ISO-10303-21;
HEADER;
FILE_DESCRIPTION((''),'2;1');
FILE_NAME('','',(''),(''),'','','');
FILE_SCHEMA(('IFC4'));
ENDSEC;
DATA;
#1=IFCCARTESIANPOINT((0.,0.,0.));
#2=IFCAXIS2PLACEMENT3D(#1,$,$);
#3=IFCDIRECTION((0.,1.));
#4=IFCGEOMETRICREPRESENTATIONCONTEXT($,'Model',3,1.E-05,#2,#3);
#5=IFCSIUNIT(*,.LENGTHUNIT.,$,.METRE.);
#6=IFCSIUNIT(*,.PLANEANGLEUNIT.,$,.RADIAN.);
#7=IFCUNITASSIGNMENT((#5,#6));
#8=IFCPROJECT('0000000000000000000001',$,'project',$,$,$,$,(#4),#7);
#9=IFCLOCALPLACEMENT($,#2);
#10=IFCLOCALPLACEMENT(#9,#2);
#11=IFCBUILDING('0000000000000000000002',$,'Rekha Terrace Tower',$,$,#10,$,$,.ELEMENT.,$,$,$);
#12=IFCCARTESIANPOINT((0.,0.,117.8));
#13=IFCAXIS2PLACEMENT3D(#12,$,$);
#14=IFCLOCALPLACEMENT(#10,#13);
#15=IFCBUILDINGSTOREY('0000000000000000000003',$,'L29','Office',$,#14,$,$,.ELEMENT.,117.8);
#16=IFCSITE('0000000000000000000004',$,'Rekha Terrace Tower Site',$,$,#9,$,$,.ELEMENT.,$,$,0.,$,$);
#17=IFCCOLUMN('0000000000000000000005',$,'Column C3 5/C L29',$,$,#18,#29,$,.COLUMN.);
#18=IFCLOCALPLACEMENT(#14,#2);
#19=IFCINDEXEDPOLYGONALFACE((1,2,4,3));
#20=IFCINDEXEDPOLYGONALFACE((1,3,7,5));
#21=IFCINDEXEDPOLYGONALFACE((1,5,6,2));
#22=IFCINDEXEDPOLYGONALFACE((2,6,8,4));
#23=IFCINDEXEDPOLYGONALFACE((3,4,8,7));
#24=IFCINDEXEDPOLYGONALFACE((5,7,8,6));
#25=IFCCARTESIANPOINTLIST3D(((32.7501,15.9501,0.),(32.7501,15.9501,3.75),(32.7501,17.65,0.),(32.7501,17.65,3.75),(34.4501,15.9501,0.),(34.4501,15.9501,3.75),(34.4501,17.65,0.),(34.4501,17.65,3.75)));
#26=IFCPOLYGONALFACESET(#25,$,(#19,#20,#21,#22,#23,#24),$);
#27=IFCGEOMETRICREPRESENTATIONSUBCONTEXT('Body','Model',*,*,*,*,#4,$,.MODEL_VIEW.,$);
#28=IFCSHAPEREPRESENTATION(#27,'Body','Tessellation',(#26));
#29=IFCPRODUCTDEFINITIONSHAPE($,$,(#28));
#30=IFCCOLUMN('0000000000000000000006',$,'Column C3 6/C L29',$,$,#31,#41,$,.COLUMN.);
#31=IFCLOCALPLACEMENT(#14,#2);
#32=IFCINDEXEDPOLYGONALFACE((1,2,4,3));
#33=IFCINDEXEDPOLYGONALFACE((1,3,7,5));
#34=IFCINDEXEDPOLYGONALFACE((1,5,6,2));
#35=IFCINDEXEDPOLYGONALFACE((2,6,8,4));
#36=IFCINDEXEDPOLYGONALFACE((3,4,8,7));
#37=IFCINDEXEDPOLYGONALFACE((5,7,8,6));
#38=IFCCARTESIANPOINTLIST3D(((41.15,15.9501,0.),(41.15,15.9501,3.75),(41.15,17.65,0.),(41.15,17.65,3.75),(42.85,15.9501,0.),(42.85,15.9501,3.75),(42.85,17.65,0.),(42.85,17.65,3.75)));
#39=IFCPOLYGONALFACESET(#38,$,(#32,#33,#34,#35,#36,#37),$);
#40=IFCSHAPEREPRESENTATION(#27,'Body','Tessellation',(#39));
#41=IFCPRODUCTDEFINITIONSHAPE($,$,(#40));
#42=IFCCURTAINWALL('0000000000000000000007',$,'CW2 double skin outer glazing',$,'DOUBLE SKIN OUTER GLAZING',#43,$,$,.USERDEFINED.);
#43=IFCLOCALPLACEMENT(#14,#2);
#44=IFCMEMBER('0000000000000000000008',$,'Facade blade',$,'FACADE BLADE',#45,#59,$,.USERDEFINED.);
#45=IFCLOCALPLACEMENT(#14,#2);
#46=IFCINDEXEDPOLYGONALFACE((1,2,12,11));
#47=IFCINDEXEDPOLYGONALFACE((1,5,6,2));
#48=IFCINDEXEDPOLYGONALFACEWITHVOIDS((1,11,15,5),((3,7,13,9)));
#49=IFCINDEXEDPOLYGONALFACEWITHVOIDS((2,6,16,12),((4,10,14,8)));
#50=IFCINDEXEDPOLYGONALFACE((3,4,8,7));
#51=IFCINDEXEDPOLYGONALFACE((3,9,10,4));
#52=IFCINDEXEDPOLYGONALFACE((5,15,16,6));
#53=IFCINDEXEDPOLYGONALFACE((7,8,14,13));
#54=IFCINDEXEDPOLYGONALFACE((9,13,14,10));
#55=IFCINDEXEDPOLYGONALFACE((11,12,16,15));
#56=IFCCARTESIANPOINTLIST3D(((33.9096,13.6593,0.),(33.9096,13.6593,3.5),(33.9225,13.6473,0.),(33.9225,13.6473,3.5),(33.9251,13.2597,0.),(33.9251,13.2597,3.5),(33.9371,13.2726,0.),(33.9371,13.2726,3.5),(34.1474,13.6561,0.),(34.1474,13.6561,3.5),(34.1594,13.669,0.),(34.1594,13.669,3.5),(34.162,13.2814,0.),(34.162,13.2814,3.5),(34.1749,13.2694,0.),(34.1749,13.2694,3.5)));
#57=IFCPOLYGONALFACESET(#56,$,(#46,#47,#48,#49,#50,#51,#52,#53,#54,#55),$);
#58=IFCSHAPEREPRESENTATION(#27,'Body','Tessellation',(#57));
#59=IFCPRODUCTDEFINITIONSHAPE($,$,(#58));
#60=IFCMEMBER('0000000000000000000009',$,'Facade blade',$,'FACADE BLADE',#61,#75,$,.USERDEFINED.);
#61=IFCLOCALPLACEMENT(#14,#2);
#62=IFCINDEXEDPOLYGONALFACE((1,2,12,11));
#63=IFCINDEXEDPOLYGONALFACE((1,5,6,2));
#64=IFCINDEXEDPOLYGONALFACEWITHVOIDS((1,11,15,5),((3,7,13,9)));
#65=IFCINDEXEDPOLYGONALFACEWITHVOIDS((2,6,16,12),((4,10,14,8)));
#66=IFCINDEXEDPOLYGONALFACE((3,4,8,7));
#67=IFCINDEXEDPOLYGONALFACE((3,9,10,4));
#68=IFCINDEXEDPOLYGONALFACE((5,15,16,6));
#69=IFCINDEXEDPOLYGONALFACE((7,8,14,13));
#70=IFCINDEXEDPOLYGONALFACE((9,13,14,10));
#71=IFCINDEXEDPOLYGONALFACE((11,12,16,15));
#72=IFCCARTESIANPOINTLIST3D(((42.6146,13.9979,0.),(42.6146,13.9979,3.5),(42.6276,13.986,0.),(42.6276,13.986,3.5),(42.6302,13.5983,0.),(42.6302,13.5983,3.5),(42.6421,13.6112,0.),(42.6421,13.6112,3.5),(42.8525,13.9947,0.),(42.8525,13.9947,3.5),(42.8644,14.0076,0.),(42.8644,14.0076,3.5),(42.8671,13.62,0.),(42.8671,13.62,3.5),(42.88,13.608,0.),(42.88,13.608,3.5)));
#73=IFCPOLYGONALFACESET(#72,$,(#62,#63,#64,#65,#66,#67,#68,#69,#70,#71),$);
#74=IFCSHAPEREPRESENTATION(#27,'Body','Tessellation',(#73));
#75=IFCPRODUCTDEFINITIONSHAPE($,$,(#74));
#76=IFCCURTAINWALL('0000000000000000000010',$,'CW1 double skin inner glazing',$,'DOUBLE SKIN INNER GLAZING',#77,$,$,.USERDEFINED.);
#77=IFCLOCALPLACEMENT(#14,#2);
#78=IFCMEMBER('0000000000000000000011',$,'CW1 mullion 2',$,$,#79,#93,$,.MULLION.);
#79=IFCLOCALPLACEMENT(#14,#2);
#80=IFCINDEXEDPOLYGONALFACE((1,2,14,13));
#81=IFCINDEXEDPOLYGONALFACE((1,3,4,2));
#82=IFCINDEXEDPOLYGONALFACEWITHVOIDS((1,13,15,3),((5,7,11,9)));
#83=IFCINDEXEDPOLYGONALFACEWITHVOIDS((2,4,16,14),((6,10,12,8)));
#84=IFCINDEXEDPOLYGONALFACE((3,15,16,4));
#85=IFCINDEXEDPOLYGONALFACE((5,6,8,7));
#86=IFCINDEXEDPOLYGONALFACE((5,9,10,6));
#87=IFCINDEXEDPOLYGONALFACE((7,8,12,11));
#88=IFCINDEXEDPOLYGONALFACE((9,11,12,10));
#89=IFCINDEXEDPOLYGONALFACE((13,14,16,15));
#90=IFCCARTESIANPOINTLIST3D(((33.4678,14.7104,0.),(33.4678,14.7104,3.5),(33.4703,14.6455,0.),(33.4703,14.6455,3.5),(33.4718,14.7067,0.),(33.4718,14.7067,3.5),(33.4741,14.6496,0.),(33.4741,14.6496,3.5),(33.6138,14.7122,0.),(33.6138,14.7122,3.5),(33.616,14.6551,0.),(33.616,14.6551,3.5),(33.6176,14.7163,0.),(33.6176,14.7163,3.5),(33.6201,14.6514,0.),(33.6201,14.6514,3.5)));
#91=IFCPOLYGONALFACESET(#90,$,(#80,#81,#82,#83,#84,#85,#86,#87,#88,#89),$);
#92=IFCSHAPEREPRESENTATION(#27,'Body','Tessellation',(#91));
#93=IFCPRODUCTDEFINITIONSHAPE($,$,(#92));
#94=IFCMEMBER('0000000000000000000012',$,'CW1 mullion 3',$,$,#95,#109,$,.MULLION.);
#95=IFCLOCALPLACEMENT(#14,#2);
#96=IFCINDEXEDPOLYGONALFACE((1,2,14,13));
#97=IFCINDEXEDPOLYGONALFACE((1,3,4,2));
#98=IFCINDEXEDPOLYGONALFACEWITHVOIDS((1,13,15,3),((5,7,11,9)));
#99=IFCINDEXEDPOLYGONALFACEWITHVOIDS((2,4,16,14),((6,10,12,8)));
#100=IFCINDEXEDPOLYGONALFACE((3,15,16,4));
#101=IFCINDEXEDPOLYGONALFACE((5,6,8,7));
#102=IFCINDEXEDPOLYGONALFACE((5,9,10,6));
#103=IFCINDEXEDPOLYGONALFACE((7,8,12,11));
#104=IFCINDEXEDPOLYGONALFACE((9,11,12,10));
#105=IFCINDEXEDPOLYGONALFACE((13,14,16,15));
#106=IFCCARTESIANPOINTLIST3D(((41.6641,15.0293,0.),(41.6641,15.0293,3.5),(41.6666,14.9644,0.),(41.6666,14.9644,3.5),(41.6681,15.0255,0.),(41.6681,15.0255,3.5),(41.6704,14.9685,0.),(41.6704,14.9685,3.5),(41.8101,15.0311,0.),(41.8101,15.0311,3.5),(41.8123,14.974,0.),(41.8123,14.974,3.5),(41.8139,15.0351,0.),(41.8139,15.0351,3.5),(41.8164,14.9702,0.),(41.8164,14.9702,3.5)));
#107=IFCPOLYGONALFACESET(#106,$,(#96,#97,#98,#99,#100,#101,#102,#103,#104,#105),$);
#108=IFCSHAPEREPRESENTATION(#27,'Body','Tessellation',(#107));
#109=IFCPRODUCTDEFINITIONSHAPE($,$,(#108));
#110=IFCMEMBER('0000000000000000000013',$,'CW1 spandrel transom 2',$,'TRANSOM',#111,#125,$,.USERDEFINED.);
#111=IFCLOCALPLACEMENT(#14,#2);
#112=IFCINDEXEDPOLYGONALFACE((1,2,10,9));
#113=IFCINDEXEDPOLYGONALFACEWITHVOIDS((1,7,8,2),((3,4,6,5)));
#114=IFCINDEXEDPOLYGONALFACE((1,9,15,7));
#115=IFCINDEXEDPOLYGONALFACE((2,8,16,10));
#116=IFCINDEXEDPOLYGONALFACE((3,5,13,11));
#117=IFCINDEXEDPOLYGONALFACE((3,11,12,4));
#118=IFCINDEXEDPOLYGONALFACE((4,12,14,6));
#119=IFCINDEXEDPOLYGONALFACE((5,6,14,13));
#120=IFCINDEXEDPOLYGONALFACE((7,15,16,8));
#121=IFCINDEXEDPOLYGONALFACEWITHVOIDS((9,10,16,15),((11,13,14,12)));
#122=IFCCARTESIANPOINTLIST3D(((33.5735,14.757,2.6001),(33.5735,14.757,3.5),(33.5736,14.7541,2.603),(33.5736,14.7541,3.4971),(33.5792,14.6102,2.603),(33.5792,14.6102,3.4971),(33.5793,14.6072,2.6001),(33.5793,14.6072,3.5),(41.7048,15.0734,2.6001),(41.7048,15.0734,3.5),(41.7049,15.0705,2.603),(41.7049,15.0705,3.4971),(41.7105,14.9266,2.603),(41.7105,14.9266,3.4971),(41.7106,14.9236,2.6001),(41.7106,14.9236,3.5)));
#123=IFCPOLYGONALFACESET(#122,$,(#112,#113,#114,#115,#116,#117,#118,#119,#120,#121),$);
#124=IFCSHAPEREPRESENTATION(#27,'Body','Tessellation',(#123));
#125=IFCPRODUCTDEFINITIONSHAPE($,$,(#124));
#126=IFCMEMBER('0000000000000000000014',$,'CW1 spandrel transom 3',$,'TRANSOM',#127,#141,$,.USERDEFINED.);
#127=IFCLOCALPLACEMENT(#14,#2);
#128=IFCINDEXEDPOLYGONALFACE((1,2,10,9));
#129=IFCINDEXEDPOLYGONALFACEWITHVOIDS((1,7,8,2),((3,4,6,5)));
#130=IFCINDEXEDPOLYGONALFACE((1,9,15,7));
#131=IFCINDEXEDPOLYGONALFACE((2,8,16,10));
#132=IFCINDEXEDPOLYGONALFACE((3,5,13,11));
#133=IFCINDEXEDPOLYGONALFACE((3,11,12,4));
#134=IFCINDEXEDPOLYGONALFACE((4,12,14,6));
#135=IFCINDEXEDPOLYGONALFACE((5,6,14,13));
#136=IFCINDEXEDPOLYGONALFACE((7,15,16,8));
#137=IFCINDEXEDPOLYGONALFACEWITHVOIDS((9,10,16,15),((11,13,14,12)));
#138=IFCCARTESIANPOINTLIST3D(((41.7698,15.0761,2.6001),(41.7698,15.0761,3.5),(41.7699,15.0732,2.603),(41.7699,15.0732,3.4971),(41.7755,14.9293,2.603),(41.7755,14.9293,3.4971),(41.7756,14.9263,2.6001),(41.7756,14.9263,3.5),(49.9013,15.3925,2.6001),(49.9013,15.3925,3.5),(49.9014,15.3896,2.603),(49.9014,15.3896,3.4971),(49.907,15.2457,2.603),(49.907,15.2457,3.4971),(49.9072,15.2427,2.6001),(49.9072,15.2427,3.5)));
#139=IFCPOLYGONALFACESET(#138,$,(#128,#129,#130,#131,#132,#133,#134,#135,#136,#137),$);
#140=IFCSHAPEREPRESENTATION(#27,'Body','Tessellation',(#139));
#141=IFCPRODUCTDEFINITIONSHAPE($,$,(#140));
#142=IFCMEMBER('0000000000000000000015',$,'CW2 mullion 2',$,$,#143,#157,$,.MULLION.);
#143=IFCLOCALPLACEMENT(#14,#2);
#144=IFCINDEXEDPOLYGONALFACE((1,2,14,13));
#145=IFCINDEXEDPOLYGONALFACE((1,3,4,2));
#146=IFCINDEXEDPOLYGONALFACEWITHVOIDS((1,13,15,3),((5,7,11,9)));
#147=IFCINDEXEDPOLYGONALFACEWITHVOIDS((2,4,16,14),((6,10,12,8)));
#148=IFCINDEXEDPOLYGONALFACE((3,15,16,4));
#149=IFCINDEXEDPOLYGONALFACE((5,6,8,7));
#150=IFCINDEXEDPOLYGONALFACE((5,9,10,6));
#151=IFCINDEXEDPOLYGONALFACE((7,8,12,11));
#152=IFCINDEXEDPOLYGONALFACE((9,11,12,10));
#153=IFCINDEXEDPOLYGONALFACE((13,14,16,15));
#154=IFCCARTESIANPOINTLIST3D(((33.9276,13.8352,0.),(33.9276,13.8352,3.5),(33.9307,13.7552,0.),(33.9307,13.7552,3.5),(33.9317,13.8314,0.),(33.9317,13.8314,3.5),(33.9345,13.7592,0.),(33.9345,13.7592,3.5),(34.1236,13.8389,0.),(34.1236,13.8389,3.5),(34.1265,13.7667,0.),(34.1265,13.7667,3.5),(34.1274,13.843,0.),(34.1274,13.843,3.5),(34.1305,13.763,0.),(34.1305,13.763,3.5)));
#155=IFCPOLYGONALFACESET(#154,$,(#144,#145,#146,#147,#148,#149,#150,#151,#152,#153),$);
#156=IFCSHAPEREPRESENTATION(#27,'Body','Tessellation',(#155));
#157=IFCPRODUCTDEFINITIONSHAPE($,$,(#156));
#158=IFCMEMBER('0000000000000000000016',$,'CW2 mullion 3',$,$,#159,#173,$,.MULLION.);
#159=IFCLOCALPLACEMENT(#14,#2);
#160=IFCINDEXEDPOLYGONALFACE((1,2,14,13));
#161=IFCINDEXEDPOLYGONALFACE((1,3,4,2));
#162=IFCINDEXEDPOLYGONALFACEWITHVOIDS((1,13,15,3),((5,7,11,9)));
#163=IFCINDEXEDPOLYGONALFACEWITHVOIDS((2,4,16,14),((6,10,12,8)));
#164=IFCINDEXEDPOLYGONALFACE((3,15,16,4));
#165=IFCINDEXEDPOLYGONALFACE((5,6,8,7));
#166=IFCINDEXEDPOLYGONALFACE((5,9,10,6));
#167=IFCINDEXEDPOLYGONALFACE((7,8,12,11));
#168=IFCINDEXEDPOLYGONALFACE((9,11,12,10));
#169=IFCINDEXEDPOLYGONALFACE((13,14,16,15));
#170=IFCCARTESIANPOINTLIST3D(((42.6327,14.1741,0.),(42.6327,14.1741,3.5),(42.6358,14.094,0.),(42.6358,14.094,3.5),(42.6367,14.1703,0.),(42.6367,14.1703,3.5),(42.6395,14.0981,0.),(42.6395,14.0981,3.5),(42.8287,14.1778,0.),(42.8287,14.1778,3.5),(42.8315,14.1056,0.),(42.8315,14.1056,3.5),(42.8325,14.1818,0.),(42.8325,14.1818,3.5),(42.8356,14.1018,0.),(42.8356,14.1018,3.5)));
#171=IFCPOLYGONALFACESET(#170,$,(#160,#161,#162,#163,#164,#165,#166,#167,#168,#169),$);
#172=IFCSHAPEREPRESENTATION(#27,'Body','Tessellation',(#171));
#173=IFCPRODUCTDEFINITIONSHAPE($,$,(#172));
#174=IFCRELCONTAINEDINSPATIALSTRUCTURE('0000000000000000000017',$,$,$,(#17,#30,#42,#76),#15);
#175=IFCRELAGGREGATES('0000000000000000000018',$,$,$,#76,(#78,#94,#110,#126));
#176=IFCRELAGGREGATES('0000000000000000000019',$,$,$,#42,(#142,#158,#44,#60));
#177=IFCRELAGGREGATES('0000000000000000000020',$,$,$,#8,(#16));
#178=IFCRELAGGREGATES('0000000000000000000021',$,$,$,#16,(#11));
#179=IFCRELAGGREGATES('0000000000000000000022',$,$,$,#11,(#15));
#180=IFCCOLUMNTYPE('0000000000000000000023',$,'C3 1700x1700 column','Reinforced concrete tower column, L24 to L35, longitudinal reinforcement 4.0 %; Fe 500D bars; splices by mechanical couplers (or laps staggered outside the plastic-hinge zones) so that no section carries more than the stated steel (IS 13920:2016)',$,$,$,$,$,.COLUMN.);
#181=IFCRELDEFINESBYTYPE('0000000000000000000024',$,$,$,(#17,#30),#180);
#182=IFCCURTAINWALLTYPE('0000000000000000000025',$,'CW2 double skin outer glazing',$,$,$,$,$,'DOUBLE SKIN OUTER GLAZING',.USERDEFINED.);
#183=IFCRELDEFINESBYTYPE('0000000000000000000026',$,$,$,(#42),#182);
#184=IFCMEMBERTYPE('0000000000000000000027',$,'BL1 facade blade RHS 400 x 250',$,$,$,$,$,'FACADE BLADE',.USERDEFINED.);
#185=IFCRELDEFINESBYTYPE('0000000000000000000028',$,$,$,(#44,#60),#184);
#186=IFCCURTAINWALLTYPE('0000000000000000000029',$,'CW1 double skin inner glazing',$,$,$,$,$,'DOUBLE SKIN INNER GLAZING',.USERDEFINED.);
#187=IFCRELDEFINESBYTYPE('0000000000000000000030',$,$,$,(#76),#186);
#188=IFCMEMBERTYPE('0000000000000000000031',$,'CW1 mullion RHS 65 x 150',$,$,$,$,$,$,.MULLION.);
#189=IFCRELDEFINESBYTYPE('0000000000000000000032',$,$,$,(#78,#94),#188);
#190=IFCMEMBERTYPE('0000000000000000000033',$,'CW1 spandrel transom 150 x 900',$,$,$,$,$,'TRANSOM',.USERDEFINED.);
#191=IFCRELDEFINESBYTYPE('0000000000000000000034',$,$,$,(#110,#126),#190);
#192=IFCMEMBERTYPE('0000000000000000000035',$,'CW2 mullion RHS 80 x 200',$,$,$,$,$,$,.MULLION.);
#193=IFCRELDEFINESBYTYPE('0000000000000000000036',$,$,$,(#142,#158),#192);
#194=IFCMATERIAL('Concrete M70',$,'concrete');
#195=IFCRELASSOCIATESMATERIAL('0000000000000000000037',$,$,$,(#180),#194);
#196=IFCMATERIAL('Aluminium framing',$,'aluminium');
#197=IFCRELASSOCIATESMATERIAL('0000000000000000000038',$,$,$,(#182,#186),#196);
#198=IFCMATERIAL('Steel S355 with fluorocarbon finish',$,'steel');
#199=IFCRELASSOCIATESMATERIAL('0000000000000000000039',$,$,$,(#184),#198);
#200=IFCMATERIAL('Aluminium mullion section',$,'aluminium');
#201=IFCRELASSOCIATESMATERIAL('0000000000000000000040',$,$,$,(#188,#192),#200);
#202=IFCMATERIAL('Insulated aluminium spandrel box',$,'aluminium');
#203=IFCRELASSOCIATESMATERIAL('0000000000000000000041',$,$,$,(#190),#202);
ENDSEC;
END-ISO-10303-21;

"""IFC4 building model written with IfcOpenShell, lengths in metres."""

from ifc_helpers import new_model, si_unit, direction, frame, origin, origin_2d, place, context, subcontext, project, spatial, rectangle, hollow_rectangle, extrude, material, material_profile, profile_set, type_object, element, aggregate, save


model = new_model("IFC4")

# Units and contexts
model_context = context("Model", 3, precision=1e-05, world=origin(), true_north=direction((0.0, 1.0)))
body_context = subcontext(model_context, "Body", "Model", "MODEL_VIEW")
ifc_project = project(units=[si_unit("LENGTHUNIT", "METRE"), si_unit("PLANEANGLEUNIT", "RADIAN")], contexts=[model_context])

# Site, building, storey
site_placement = place(None, origin())
site = spatial("IfcSite", under=ifc_project, at=site_placement, Name="Rekha Terrace Tower Site", CompositionType="ELEMENT", RefElevation=0.0)
building_placement = place(site_placement, origin())
building = spatial("IfcBuilding", under=site, at=building_placement, Name="Rekha Terrace Tower", CompositionType="ELEMENT")
storey_placement = place(building_placement, frame((0.0, 0.0, 117.8)))
storey = spatial("IfcBuildingStorey", under=building, at=storey_placement, Name="L29", Description="Office", CompositionType="ELEMENT", Elevation=117.8)

# Columns
ifc_material_1 = material(Name="Concrete M70", Category="concrete")
ifc_material_profile_1 = material_profile(ifc_material_1, rectangle(XDim=1.7, YDim=1.7, at=origin_2d()), Name="RC 1700x1700")
ifc_profile_set_1 = profile_set([ifc_material_profile_1], Name="Concrete M70")
column_type = type_object("IfcColumnType", Name="C3 1700x1700 column", Description="Reinforced concrete tower column, L24 to L35, longitudinal reinforcement 4.0 %; Fe 500D bars; splices by mechanical couplers (or laps staggered outside the plastic-hinge zones) so that no section carries more than the stated steel (IS 13920:2016)", PredefinedType="COLUMN", material=ifc_profile_set_1)
for number, where, z_axis, x_axis, name in (
    (1, (33.6001, 16.8, 0.0), (0.0, 0.0, 1.0), (1.0, 0.0, 0.0), "Column C3 5/C L29"),
    (2, (42.0, 16.8, 0.0), (0.0, 0.0, 1.0), (1.0, 0.0, 0.0), "Column C3 6/C L29"),
):
    element("IfcColumn", number, at=place(storey_placement, frame(where, z_axis=z_axis, x_axis=x_axis)), inside=storey, type_object=column_type, Name=name, PredefinedType="COLUMN", context=body_context, shape_type="SweptSolid", body=[
        extrude(rectangle(XDim=1.7, YDim=1.7, at=origin_2d()), origin(), (0.0, 0.0, 1.0), 3.75),
    ])

# Curtain walls, members
ifc_material_2 = material(Name="Aluminium framing", Category="aluminium")
curtain_wall_type_1 = type_object("IfcCurtainWallType", Name="CW2 double skin outer glazing", ElementType="DOUBLE SKIN OUTER GLAZING", PredefinedType="USERDEFINED", material=ifc_material_2)
curtain_wall_1_placement = place(storey_placement, origin())
curtain_wall_1 = element("IfcCurtainWall", 3, at=curtain_wall_1_placement, inside=storey, type_object=curtain_wall_type_1, Name="CW2 double skin outer glazing", ObjectType="DOUBLE SKIN OUTER GLAZING", PredefinedType="USERDEFINED")
ifc_material_3 = material(Name="Steel S355 with fluorocarbon finish", Category="steel")
ifc_material_profile_2 = material_profile(ifc_material_3, hollow_rectangle(XDim=0.25, YDim=0.3999, WallThickness=0.0125, at=origin_2d()), Name="RHS400x250x12.5")
ifc_profile_set_2 = profile_set([ifc_material_profile_2], Name="Steel S355 with fluorocarbon finish")
member_type_1 = type_object("IfcMemberType", Name="BL1 facade blade RHS 400 x 250", ElementType="FACADE BLADE", PredefinedType="USERDEFINED", material=ifc_profile_set_2)
member_1_placement = place(storey_placement, frame((34.0422, 13.4644, 0.0), z_axis=(0.0, 0.0, 1.0), x_axis=(0.999243, 0.03889, 0.0)))
member_1 = element("IfcMember", 4, at=member_1_placement, type_object=member_type_1, Name="Facade blade", ObjectType="FACADE BLADE", PredefinedType="USERDEFINED", context=body_context, shape_type="SweptSolid", body=[
    extrude(hollow_rectangle(XDim=0.25, YDim=0.3999, WallThickness=0.0125, at=origin_2d()), origin(), (0.0, 0.0, 1.0), 3.5),
])
member_2_placement = place(storey_placement, frame((42.7473, 13.803, 0.0), z_axis=(0.0, 0.0, 1.0), x_axis=(0.999243, 0.03889, 0.0)))
member_2 = element("IfcMember", 5, at=member_2_placement, type_object=member_type_1, Name="Facade blade", ObjectType="FACADE BLADE", PredefinedType="USERDEFINED", context=body_context, shape_type="SweptSolid", body=[
    extrude(hollow_rectangle(XDim=0.25, YDim=0.3999, WallThickness=0.0125, at=origin_2d()), origin(), (0.0, 0.0, 1.0), 3.5),
])
curtain_wall_type_2 = type_object("IfcCurtainWallType", Name="CW1 double skin inner glazing", ElementType="DOUBLE SKIN INNER GLAZING", PredefinedType="USERDEFINED", material=ifc_material_2)
curtain_wall_2_placement = place(storey_placement, origin())
curtain_wall_2 = element("IfcCurtainWall", 6, at=curtain_wall_2_placement, inside=storey, type_object=curtain_wall_type_2, Name="CW1 double skin inner glazing", ObjectType="DOUBLE SKIN INNER GLAZING", PredefinedType="USERDEFINED")
ifc_material_4 = material(Name="Aluminium mullion section", Category="aluminium")
ifc_material_profile_3 = material_profile(ifc_material_4, hollow_rectangle(XDim=0.0649, YDim=0.1499, WallThickness=0.0039, at=origin_2d()), Name="AL RHS 65x150")
ifc_profile_set_3 = profile_set([ifc_material_profile_3], Name="Aluminium mullion section")
member_type_2 = type_object("IfcMemberType", Name="CW1 mullion RHS 65 x 150", PredefinedType="MULLION", material=ifc_profile_set_3)
member_3_placement = place(storey_placement, frame((33.5439, 14.6809, 0.0), z_axis=(0.0, 0.0, 1.0), x_axis=(-0.03889, 0.999243, 0.0)))
member_3 = element("IfcMember", 7, at=member_3_placement, type_object=member_type_2, Name="CW1 mullion 2", PredefinedType="MULLION", context=body_context, shape_type="SweptSolid", body=[
    extrude(hollow_rectangle(XDim=0.0649, YDim=0.1499, WallThickness=0.0039, at=origin_2d()), origin(), (0.0, 0.0, 1.0), 3.5),
])
member_4_placement = place(storey_placement, frame((41.7402, 14.9998, 0.0), z_axis=(0.0, 0.0, 1.0), x_axis=(-0.03889, 0.999243, 0.0)))
member_4 = element("IfcMember", 8, at=member_4_placement, type_object=member_type_2, Name="CW1 mullion 3", PredefinedType="MULLION", context=body_context, shape_type="SweptSolid", body=[
    extrude(hollow_rectangle(XDim=0.0649, YDim=0.1499, WallThickness=0.0039, at=origin_2d()), origin(), (0.0, 0.0, 1.0), 3.5),
])
ifc_material_5 = material(Name="Insulated aluminium spandrel box", Category="aluminium")
ifc_material_profile_4 = material_profile(ifc_material_5, hollow_rectangle(XDim=0.1499, YDim=0.8999, WallThickness=0.0029, at=origin_2d()), Name="AL SPANDREL BOX 150x900")
ifc_profile_set_4 = profile_set([ifc_material_profile_4], Name="Insulated aluminium spandrel box")
member_type_3 = type_object("IfcMemberType", Name="CW1 spandrel transom 150 x 900", ElementType="TRANSOM", PredefinedType="USERDEFINED", material=ifc_profile_set_4)
member_5_placement = place(storey_placement, frame((33.5764, 14.6821, 3.05), z_axis=(0.999244, 0.038882, 0.0), x_axis=(-0.038882, 0.999244, 0.0)))
member_5 = element("IfcMember", 9, at=member_5_placement, type_object=member_type_3, Name="CW1 spandrel transom 2", ObjectType="TRANSOM", PredefinedType="USERDEFINED", context=body_context, shape_type="SweptSolid", body=[
    extrude(hollow_rectangle(XDim=0.1499, YDim=0.8999, WallThickness=0.0029, at=origin_2d()), origin(), (0.0, 0.0, 1.0), 8.1375),
])
member_6_placement = place(storey_placement, frame((41.7727, 15.0012, 3.05), z_axis=(0.999244, 0.038881, 0.0), x_axis=(-0.038881, 0.999244, 0.0)))
member_6 = element("IfcMember", 10, at=member_6_placement, type_object=member_type_3, Name="CW1 spandrel transom 3", ObjectType="TRANSOM", PredefinedType="USERDEFINED", context=body_context, shape_type="SweptSolid", body=[
    extrude(hollow_rectangle(XDim=0.1499, YDim=0.8999, WallThickness=0.0029, at=origin_2d()), origin(), (0.0, 0.0, 1.0), 8.1377),
])

# Members
ifc_material_profile_5 = material_profile(ifc_material_4, hollow_rectangle(XDim=0.0801, YDim=0.2, WallThickness=0.0039, at=origin_2d()), Name="AL RHS 80x200")
ifc_profile_set_5 = profile_set([ifc_material_profile_5], Name="Aluminium mullion section")
member_type_4 = type_object("IfcMemberType", Name="CW2 mullion RHS 80 x 200", PredefinedType="MULLION", material=ifc_profile_set_5)
member_7_placement = place(storey_placement, frame((34.0291, 13.7991, 0.0), z_axis=(0.0, 0.0, 1.0), x_axis=(-0.03889, 0.999243, 0.0)))
member_7 = element("IfcMember", 11, at=member_7_placement, type_object=member_type_4, Name="CW2 mullion 2", PredefinedType="MULLION", context=body_context, shape_type="SweptSolid", body=[
    extrude(hollow_rectangle(XDim=0.0801, YDim=0.2, WallThickness=0.0039, at=origin_2d()), origin(), (0.0, 0.0, 1.0), 3.5),
])
member_8_placement = place(storey_placement, frame((42.7341, 14.1379, 0.0), z_axis=(0.0, 0.0, 1.0), x_axis=(-0.03889, 0.999243, 0.0)))
member_8 = element("IfcMember", 12, at=member_8_placement, type_object=member_type_4, Name="CW2 mullion 3", PredefinedType="MULLION", context=body_context, shape_type="SweptSolid", body=[
    extrude(hollow_rectangle(XDim=0.0801, YDim=0.2, WallThickness=0.0039, at=origin_2d()), origin(), (0.0, 0.0, 1.0), 3.5),
])

aggregate(curtain_wall_2, [member_3, member_4, member_5, member_6])
aggregate(curtain_wall_1, [member_7, member_8, member_1, member_2])

save(model, "model.ifc")
